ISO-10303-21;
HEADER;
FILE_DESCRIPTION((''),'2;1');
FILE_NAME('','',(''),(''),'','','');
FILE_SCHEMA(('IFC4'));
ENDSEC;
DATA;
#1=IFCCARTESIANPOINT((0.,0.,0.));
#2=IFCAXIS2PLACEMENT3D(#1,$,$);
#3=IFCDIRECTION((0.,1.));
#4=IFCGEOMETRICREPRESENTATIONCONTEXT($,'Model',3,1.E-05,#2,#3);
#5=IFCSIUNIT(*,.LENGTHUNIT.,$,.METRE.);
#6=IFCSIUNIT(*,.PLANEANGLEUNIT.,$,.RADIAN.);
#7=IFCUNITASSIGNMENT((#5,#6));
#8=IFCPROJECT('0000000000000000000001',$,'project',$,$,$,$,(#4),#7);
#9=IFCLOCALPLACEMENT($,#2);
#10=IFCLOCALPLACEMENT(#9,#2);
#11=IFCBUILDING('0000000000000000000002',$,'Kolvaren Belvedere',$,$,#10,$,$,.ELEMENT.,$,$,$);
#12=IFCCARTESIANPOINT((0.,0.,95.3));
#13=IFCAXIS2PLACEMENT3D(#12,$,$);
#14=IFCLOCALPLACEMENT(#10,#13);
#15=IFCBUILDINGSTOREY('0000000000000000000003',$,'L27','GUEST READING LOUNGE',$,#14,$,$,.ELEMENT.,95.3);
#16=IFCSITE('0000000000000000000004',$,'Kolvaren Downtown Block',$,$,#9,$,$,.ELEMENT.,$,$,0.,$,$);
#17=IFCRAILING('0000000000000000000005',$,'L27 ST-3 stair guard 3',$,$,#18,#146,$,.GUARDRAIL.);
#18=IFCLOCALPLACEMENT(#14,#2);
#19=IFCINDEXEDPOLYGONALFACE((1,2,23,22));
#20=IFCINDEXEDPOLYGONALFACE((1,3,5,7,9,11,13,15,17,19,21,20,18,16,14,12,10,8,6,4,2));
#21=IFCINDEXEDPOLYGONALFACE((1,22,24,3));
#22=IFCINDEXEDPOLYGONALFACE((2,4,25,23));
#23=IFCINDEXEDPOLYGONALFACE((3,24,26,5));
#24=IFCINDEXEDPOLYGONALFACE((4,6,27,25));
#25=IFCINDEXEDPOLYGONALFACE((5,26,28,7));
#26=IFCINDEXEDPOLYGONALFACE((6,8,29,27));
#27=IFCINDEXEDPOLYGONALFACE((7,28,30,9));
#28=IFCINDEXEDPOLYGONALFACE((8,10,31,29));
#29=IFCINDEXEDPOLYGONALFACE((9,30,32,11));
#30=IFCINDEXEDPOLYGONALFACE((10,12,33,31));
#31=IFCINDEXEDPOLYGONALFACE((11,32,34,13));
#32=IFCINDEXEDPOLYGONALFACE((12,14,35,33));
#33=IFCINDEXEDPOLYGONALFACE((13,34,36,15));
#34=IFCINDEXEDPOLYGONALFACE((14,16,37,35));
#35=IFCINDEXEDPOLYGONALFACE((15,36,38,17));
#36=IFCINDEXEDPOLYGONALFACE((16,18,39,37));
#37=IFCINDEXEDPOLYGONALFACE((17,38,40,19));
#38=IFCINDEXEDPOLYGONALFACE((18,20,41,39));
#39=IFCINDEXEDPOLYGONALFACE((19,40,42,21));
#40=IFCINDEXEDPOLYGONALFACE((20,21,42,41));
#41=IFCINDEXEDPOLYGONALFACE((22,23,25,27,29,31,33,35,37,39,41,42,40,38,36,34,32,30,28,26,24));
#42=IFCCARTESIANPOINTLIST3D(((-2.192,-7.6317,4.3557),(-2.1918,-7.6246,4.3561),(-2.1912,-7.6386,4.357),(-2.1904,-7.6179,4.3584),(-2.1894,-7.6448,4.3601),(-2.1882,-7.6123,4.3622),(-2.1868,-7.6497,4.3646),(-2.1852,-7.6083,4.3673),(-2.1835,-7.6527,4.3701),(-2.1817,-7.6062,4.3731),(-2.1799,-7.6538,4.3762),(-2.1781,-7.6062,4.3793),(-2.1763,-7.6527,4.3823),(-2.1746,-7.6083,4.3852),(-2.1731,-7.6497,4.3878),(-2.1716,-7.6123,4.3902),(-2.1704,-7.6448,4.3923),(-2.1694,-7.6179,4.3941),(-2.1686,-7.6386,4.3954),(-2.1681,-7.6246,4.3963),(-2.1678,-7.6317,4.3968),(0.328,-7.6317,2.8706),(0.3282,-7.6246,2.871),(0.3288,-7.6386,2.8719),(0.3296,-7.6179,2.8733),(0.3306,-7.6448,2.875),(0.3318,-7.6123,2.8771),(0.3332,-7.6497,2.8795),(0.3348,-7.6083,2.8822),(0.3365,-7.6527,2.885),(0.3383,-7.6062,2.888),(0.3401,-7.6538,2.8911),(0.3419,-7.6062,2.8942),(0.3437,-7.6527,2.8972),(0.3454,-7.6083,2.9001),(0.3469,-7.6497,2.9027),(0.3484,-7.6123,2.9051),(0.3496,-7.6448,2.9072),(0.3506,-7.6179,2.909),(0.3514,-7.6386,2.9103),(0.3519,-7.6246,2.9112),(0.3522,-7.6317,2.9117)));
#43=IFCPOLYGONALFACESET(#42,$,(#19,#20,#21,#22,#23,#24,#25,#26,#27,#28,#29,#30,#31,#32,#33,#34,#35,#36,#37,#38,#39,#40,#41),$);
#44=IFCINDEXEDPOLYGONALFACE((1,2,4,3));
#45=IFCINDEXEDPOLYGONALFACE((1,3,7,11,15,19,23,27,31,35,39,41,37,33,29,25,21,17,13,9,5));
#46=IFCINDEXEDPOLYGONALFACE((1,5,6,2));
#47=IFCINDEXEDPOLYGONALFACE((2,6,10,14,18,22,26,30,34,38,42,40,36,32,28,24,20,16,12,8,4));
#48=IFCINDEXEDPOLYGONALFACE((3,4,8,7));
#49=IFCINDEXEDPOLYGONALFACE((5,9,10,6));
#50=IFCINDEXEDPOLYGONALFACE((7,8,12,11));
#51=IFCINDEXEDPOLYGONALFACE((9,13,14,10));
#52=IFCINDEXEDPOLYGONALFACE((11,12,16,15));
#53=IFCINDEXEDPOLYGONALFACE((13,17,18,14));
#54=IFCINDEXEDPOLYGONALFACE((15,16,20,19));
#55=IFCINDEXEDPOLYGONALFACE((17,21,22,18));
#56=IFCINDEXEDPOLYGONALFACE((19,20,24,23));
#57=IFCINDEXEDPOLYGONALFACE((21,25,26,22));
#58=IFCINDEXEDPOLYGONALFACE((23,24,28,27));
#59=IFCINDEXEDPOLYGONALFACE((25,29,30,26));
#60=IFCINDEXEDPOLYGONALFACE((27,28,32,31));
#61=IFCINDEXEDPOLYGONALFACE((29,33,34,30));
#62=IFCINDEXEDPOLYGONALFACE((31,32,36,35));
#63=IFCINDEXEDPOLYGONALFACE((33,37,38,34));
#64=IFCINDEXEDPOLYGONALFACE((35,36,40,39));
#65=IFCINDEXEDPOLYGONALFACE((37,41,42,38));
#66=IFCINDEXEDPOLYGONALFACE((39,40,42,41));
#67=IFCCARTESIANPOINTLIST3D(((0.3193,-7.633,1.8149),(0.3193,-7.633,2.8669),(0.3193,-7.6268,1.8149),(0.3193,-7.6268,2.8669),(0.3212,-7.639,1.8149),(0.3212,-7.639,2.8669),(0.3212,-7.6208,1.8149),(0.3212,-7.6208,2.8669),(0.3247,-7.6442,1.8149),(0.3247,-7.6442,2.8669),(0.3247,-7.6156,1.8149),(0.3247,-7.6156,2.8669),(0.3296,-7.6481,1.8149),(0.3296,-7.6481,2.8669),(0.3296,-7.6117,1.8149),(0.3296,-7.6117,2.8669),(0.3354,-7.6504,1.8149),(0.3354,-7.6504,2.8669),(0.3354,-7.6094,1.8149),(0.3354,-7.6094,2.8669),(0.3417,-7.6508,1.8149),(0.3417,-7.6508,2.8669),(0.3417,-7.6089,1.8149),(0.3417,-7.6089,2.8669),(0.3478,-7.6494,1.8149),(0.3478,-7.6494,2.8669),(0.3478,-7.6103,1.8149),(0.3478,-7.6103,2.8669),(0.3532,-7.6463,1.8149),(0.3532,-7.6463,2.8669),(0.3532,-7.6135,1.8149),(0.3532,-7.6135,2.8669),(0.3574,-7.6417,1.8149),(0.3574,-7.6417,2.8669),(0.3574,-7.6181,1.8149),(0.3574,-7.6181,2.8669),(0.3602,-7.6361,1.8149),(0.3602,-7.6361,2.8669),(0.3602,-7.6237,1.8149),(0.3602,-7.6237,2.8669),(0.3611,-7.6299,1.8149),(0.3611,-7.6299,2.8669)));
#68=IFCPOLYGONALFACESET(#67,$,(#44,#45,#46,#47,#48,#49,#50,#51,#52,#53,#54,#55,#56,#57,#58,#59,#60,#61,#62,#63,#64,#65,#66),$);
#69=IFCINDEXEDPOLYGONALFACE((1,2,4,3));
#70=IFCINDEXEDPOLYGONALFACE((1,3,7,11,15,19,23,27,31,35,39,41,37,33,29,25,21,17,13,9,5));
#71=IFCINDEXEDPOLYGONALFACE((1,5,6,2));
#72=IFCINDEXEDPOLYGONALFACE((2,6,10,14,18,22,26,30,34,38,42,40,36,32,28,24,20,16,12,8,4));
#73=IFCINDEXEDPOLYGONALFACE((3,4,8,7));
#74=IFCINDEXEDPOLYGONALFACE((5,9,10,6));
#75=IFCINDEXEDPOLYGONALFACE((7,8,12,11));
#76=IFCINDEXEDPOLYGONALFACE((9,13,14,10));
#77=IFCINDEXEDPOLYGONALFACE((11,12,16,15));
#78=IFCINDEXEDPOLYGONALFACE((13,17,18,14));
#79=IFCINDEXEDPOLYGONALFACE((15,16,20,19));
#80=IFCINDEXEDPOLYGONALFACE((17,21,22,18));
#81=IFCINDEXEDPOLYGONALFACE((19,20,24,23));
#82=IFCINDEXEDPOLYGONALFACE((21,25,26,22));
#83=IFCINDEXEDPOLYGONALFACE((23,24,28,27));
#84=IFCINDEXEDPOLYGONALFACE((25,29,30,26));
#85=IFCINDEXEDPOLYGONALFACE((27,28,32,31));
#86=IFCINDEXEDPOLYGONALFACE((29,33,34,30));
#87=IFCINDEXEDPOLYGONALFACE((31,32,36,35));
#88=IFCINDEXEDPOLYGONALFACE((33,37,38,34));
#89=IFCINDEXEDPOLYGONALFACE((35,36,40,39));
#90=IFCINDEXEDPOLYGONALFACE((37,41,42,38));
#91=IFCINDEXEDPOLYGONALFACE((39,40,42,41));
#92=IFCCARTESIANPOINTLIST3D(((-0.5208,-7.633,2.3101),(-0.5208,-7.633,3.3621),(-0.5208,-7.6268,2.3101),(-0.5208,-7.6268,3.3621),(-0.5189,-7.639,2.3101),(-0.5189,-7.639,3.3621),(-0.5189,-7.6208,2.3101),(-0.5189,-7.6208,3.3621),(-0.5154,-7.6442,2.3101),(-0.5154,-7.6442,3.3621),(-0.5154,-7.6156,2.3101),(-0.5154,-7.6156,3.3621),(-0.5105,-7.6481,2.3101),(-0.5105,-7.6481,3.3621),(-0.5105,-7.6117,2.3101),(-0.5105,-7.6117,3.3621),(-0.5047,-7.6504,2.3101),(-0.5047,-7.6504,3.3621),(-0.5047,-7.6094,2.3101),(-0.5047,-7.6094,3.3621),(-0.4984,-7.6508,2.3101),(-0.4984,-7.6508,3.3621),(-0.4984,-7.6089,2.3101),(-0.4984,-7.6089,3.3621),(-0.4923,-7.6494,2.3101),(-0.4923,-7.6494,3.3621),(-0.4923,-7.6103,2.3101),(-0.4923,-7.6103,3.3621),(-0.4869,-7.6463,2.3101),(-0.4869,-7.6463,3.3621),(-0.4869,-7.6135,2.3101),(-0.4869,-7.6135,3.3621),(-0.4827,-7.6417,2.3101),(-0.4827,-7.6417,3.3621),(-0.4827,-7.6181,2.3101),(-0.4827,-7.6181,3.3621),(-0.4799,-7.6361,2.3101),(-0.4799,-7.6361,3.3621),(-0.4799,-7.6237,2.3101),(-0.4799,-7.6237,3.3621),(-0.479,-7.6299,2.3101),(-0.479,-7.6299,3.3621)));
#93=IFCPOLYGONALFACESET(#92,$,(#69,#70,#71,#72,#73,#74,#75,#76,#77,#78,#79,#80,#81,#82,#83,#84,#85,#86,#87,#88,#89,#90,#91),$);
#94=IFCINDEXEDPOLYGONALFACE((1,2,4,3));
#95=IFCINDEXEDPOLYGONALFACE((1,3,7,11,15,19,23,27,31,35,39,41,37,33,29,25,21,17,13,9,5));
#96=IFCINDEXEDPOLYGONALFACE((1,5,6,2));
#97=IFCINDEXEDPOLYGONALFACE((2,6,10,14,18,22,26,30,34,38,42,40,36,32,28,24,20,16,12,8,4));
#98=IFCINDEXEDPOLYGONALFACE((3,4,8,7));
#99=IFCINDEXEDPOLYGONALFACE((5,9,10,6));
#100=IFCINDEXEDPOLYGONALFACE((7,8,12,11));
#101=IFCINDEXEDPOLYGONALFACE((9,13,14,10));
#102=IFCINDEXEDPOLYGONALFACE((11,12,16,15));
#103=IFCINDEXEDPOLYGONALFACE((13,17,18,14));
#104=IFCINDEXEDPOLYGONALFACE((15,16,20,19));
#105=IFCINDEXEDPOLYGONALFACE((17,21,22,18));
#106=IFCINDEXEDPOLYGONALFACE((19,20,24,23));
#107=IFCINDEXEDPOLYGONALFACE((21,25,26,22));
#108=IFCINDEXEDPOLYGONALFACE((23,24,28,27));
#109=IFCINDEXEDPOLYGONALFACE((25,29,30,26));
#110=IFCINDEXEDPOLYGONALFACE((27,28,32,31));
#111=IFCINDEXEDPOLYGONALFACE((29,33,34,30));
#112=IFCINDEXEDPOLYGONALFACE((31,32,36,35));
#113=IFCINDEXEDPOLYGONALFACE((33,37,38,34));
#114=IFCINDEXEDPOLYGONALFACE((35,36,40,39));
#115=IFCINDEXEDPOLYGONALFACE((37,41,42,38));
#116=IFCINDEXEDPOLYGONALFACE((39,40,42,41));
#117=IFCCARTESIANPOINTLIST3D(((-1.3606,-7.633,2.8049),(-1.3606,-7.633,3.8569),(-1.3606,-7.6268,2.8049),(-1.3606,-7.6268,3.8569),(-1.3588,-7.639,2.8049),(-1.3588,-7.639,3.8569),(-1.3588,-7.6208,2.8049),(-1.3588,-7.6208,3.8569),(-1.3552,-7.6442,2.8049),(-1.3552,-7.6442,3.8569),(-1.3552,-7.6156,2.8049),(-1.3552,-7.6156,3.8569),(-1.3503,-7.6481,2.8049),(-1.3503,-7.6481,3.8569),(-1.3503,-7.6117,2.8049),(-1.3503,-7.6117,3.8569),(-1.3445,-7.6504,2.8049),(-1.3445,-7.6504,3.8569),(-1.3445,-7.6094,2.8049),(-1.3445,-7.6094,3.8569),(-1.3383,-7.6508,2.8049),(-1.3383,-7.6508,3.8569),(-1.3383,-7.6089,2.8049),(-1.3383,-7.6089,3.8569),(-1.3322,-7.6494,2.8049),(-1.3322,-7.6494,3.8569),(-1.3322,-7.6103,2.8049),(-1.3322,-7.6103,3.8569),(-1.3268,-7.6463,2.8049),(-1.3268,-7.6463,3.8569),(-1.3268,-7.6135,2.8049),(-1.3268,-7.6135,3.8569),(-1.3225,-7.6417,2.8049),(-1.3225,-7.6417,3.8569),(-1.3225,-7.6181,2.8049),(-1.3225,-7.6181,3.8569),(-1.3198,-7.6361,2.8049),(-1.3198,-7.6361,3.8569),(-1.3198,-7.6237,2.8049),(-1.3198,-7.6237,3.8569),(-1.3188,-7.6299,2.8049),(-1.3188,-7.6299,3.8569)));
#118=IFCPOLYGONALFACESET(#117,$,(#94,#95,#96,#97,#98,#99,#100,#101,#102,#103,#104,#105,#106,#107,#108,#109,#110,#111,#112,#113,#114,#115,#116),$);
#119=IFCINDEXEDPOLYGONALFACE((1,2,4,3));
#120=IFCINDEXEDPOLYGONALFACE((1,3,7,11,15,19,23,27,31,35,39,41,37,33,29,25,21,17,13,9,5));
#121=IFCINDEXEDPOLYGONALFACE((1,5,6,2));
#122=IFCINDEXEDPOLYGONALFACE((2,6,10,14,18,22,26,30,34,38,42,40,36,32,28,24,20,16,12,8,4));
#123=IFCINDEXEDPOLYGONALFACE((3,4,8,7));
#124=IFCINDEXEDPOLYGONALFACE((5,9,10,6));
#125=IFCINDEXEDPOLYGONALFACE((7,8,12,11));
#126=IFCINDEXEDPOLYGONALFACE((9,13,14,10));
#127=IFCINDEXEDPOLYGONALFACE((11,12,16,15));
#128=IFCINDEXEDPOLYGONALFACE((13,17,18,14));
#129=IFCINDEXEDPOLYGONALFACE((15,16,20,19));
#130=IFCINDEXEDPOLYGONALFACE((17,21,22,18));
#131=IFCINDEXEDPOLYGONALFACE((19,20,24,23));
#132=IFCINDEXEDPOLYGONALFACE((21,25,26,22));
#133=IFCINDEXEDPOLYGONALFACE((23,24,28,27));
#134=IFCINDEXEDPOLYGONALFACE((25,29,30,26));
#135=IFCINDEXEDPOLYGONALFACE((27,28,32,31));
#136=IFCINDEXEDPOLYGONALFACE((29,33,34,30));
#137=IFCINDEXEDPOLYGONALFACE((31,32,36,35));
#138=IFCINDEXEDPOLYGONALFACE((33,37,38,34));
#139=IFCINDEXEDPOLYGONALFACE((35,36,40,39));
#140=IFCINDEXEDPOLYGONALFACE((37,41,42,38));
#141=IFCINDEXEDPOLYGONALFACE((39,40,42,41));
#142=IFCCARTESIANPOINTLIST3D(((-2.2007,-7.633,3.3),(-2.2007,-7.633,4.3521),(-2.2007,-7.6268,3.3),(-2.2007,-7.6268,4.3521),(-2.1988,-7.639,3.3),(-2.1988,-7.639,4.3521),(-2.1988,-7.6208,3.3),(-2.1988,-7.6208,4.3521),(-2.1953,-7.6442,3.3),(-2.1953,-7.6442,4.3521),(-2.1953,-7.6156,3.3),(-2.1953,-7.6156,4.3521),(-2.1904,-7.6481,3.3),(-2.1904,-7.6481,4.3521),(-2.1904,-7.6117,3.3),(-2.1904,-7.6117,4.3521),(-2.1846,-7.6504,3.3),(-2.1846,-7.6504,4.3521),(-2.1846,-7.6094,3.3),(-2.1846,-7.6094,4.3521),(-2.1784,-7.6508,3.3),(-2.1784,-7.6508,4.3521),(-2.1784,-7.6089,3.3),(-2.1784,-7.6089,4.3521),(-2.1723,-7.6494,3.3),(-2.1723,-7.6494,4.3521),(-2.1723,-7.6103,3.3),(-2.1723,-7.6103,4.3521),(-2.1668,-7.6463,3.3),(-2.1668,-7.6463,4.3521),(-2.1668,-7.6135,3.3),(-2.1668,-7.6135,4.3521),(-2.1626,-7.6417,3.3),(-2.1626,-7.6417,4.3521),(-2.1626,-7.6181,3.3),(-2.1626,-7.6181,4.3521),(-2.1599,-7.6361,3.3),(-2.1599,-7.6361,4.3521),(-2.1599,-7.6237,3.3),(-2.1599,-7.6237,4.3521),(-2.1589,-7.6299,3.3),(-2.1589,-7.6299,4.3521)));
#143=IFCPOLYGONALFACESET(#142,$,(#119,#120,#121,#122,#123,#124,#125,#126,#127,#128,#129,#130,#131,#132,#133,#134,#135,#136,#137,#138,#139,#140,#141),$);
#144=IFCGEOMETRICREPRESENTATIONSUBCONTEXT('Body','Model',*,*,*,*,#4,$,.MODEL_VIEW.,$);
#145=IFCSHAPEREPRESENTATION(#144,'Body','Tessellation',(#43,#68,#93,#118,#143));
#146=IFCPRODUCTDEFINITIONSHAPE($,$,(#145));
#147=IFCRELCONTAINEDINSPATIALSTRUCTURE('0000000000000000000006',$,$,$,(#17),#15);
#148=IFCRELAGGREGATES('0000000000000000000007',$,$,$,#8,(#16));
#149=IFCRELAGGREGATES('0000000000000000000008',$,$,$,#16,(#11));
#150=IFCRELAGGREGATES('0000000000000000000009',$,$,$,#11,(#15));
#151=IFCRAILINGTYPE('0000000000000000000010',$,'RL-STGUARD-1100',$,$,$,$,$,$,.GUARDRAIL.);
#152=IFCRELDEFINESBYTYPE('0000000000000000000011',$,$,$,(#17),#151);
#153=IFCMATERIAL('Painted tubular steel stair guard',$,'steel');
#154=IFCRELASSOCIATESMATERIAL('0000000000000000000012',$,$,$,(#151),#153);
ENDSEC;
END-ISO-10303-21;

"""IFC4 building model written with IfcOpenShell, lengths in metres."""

from ifc_helpers import new_model, si_unit, direction, frame, origin, origin_2d, place, context, subcontext, project, spatial, circle, extrude, material, type_object, element, save


model = new_model("IFC4")

# Units and contexts
model_context = context("Model", 3, precision=1e-05, world=origin(), true_north=direction((0.0, 1.0)))
body_context = subcontext(model_context, "Body", "Model", "MODEL_VIEW")
ifc_project = project(units=[si_unit("LENGTHUNIT", "METRE"), si_unit("PLANEANGLEUNIT", "RADIAN")], contexts=[model_context])

# Site, building, storey
site_placement = place(None, origin())
site = spatial("IfcSite", under=ifc_project, at=site_placement, Name="Kolvaren Downtown Block", CompositionType="ELEMENT", RefElevation=0.0)
building_placement = place(site_placement, origin())
building = spatial("IfcBuilding", under=site, at=building_placement, Name="Kolvaren Belvedere", CompositionType="ELEMENT")
storey_placement = place(building_placement, frame((0.0, 0.0, 95.3)))
storey = spatial("IfcBuildingStorey", under=building, at=storey_placement, Name="L27", Description="GUEST READING LOUNGE", CompositionType="ELEMENT", Elevation=95.3)

# Railing
ifc_material_1 = material(Name="Painted tubular steel stair guard", Category="steel")
railing_type_1 = type_object("IfcRailingType", Name="RL-STGUARD-1100", PredefinedType="GUARDRAIL", material=ifc_material_1)
railing_1_placement = place(storey_placement, frame((0.3401, -7.6299, 1.8149)))
element("IfcRailing", 1, at=railing_1_placement, inside=storey, type_object=railing_type_1, Name="L27 ST-3 stair guard 3", PredefinedType="GUARDRAIL", context=body_context, shape_type="SweptSolid", body=[
    extrude(circle(Radius=0.0239, at=origin_2d()), frame((0.0, 0.0, 1.0762), z_axis=(-0.861524, 0.0, 0.507717), x_axis=(0.0, -1.0, 0.0)), (0.0, 0.0, 1.0), 2.925),
    extrude(circle(Radius=0.021, at=origin_2d()), origin(), (0.0, 0.0, 1.0), 1.052),
    extrude(circle(Radius=0.021, at=origin_2d()), frame((-0.8401, 0.0, 0.4951)), (0.0, 0.0, 1.0), 1.052),
    extrude(circle(Radius=0.021, at=origin_2d()), frame((-1.6799, 0.0, 0.99)), (0.0, 0.0, 1.0), 1.052),
    extrude(circle(Radius=0.021, at=origin_2d()), frame((-2.52, 0.0, 1.4851)), (0.0, 0.0, 1.0), 1.052),
])

save(model, "model.ifc")
